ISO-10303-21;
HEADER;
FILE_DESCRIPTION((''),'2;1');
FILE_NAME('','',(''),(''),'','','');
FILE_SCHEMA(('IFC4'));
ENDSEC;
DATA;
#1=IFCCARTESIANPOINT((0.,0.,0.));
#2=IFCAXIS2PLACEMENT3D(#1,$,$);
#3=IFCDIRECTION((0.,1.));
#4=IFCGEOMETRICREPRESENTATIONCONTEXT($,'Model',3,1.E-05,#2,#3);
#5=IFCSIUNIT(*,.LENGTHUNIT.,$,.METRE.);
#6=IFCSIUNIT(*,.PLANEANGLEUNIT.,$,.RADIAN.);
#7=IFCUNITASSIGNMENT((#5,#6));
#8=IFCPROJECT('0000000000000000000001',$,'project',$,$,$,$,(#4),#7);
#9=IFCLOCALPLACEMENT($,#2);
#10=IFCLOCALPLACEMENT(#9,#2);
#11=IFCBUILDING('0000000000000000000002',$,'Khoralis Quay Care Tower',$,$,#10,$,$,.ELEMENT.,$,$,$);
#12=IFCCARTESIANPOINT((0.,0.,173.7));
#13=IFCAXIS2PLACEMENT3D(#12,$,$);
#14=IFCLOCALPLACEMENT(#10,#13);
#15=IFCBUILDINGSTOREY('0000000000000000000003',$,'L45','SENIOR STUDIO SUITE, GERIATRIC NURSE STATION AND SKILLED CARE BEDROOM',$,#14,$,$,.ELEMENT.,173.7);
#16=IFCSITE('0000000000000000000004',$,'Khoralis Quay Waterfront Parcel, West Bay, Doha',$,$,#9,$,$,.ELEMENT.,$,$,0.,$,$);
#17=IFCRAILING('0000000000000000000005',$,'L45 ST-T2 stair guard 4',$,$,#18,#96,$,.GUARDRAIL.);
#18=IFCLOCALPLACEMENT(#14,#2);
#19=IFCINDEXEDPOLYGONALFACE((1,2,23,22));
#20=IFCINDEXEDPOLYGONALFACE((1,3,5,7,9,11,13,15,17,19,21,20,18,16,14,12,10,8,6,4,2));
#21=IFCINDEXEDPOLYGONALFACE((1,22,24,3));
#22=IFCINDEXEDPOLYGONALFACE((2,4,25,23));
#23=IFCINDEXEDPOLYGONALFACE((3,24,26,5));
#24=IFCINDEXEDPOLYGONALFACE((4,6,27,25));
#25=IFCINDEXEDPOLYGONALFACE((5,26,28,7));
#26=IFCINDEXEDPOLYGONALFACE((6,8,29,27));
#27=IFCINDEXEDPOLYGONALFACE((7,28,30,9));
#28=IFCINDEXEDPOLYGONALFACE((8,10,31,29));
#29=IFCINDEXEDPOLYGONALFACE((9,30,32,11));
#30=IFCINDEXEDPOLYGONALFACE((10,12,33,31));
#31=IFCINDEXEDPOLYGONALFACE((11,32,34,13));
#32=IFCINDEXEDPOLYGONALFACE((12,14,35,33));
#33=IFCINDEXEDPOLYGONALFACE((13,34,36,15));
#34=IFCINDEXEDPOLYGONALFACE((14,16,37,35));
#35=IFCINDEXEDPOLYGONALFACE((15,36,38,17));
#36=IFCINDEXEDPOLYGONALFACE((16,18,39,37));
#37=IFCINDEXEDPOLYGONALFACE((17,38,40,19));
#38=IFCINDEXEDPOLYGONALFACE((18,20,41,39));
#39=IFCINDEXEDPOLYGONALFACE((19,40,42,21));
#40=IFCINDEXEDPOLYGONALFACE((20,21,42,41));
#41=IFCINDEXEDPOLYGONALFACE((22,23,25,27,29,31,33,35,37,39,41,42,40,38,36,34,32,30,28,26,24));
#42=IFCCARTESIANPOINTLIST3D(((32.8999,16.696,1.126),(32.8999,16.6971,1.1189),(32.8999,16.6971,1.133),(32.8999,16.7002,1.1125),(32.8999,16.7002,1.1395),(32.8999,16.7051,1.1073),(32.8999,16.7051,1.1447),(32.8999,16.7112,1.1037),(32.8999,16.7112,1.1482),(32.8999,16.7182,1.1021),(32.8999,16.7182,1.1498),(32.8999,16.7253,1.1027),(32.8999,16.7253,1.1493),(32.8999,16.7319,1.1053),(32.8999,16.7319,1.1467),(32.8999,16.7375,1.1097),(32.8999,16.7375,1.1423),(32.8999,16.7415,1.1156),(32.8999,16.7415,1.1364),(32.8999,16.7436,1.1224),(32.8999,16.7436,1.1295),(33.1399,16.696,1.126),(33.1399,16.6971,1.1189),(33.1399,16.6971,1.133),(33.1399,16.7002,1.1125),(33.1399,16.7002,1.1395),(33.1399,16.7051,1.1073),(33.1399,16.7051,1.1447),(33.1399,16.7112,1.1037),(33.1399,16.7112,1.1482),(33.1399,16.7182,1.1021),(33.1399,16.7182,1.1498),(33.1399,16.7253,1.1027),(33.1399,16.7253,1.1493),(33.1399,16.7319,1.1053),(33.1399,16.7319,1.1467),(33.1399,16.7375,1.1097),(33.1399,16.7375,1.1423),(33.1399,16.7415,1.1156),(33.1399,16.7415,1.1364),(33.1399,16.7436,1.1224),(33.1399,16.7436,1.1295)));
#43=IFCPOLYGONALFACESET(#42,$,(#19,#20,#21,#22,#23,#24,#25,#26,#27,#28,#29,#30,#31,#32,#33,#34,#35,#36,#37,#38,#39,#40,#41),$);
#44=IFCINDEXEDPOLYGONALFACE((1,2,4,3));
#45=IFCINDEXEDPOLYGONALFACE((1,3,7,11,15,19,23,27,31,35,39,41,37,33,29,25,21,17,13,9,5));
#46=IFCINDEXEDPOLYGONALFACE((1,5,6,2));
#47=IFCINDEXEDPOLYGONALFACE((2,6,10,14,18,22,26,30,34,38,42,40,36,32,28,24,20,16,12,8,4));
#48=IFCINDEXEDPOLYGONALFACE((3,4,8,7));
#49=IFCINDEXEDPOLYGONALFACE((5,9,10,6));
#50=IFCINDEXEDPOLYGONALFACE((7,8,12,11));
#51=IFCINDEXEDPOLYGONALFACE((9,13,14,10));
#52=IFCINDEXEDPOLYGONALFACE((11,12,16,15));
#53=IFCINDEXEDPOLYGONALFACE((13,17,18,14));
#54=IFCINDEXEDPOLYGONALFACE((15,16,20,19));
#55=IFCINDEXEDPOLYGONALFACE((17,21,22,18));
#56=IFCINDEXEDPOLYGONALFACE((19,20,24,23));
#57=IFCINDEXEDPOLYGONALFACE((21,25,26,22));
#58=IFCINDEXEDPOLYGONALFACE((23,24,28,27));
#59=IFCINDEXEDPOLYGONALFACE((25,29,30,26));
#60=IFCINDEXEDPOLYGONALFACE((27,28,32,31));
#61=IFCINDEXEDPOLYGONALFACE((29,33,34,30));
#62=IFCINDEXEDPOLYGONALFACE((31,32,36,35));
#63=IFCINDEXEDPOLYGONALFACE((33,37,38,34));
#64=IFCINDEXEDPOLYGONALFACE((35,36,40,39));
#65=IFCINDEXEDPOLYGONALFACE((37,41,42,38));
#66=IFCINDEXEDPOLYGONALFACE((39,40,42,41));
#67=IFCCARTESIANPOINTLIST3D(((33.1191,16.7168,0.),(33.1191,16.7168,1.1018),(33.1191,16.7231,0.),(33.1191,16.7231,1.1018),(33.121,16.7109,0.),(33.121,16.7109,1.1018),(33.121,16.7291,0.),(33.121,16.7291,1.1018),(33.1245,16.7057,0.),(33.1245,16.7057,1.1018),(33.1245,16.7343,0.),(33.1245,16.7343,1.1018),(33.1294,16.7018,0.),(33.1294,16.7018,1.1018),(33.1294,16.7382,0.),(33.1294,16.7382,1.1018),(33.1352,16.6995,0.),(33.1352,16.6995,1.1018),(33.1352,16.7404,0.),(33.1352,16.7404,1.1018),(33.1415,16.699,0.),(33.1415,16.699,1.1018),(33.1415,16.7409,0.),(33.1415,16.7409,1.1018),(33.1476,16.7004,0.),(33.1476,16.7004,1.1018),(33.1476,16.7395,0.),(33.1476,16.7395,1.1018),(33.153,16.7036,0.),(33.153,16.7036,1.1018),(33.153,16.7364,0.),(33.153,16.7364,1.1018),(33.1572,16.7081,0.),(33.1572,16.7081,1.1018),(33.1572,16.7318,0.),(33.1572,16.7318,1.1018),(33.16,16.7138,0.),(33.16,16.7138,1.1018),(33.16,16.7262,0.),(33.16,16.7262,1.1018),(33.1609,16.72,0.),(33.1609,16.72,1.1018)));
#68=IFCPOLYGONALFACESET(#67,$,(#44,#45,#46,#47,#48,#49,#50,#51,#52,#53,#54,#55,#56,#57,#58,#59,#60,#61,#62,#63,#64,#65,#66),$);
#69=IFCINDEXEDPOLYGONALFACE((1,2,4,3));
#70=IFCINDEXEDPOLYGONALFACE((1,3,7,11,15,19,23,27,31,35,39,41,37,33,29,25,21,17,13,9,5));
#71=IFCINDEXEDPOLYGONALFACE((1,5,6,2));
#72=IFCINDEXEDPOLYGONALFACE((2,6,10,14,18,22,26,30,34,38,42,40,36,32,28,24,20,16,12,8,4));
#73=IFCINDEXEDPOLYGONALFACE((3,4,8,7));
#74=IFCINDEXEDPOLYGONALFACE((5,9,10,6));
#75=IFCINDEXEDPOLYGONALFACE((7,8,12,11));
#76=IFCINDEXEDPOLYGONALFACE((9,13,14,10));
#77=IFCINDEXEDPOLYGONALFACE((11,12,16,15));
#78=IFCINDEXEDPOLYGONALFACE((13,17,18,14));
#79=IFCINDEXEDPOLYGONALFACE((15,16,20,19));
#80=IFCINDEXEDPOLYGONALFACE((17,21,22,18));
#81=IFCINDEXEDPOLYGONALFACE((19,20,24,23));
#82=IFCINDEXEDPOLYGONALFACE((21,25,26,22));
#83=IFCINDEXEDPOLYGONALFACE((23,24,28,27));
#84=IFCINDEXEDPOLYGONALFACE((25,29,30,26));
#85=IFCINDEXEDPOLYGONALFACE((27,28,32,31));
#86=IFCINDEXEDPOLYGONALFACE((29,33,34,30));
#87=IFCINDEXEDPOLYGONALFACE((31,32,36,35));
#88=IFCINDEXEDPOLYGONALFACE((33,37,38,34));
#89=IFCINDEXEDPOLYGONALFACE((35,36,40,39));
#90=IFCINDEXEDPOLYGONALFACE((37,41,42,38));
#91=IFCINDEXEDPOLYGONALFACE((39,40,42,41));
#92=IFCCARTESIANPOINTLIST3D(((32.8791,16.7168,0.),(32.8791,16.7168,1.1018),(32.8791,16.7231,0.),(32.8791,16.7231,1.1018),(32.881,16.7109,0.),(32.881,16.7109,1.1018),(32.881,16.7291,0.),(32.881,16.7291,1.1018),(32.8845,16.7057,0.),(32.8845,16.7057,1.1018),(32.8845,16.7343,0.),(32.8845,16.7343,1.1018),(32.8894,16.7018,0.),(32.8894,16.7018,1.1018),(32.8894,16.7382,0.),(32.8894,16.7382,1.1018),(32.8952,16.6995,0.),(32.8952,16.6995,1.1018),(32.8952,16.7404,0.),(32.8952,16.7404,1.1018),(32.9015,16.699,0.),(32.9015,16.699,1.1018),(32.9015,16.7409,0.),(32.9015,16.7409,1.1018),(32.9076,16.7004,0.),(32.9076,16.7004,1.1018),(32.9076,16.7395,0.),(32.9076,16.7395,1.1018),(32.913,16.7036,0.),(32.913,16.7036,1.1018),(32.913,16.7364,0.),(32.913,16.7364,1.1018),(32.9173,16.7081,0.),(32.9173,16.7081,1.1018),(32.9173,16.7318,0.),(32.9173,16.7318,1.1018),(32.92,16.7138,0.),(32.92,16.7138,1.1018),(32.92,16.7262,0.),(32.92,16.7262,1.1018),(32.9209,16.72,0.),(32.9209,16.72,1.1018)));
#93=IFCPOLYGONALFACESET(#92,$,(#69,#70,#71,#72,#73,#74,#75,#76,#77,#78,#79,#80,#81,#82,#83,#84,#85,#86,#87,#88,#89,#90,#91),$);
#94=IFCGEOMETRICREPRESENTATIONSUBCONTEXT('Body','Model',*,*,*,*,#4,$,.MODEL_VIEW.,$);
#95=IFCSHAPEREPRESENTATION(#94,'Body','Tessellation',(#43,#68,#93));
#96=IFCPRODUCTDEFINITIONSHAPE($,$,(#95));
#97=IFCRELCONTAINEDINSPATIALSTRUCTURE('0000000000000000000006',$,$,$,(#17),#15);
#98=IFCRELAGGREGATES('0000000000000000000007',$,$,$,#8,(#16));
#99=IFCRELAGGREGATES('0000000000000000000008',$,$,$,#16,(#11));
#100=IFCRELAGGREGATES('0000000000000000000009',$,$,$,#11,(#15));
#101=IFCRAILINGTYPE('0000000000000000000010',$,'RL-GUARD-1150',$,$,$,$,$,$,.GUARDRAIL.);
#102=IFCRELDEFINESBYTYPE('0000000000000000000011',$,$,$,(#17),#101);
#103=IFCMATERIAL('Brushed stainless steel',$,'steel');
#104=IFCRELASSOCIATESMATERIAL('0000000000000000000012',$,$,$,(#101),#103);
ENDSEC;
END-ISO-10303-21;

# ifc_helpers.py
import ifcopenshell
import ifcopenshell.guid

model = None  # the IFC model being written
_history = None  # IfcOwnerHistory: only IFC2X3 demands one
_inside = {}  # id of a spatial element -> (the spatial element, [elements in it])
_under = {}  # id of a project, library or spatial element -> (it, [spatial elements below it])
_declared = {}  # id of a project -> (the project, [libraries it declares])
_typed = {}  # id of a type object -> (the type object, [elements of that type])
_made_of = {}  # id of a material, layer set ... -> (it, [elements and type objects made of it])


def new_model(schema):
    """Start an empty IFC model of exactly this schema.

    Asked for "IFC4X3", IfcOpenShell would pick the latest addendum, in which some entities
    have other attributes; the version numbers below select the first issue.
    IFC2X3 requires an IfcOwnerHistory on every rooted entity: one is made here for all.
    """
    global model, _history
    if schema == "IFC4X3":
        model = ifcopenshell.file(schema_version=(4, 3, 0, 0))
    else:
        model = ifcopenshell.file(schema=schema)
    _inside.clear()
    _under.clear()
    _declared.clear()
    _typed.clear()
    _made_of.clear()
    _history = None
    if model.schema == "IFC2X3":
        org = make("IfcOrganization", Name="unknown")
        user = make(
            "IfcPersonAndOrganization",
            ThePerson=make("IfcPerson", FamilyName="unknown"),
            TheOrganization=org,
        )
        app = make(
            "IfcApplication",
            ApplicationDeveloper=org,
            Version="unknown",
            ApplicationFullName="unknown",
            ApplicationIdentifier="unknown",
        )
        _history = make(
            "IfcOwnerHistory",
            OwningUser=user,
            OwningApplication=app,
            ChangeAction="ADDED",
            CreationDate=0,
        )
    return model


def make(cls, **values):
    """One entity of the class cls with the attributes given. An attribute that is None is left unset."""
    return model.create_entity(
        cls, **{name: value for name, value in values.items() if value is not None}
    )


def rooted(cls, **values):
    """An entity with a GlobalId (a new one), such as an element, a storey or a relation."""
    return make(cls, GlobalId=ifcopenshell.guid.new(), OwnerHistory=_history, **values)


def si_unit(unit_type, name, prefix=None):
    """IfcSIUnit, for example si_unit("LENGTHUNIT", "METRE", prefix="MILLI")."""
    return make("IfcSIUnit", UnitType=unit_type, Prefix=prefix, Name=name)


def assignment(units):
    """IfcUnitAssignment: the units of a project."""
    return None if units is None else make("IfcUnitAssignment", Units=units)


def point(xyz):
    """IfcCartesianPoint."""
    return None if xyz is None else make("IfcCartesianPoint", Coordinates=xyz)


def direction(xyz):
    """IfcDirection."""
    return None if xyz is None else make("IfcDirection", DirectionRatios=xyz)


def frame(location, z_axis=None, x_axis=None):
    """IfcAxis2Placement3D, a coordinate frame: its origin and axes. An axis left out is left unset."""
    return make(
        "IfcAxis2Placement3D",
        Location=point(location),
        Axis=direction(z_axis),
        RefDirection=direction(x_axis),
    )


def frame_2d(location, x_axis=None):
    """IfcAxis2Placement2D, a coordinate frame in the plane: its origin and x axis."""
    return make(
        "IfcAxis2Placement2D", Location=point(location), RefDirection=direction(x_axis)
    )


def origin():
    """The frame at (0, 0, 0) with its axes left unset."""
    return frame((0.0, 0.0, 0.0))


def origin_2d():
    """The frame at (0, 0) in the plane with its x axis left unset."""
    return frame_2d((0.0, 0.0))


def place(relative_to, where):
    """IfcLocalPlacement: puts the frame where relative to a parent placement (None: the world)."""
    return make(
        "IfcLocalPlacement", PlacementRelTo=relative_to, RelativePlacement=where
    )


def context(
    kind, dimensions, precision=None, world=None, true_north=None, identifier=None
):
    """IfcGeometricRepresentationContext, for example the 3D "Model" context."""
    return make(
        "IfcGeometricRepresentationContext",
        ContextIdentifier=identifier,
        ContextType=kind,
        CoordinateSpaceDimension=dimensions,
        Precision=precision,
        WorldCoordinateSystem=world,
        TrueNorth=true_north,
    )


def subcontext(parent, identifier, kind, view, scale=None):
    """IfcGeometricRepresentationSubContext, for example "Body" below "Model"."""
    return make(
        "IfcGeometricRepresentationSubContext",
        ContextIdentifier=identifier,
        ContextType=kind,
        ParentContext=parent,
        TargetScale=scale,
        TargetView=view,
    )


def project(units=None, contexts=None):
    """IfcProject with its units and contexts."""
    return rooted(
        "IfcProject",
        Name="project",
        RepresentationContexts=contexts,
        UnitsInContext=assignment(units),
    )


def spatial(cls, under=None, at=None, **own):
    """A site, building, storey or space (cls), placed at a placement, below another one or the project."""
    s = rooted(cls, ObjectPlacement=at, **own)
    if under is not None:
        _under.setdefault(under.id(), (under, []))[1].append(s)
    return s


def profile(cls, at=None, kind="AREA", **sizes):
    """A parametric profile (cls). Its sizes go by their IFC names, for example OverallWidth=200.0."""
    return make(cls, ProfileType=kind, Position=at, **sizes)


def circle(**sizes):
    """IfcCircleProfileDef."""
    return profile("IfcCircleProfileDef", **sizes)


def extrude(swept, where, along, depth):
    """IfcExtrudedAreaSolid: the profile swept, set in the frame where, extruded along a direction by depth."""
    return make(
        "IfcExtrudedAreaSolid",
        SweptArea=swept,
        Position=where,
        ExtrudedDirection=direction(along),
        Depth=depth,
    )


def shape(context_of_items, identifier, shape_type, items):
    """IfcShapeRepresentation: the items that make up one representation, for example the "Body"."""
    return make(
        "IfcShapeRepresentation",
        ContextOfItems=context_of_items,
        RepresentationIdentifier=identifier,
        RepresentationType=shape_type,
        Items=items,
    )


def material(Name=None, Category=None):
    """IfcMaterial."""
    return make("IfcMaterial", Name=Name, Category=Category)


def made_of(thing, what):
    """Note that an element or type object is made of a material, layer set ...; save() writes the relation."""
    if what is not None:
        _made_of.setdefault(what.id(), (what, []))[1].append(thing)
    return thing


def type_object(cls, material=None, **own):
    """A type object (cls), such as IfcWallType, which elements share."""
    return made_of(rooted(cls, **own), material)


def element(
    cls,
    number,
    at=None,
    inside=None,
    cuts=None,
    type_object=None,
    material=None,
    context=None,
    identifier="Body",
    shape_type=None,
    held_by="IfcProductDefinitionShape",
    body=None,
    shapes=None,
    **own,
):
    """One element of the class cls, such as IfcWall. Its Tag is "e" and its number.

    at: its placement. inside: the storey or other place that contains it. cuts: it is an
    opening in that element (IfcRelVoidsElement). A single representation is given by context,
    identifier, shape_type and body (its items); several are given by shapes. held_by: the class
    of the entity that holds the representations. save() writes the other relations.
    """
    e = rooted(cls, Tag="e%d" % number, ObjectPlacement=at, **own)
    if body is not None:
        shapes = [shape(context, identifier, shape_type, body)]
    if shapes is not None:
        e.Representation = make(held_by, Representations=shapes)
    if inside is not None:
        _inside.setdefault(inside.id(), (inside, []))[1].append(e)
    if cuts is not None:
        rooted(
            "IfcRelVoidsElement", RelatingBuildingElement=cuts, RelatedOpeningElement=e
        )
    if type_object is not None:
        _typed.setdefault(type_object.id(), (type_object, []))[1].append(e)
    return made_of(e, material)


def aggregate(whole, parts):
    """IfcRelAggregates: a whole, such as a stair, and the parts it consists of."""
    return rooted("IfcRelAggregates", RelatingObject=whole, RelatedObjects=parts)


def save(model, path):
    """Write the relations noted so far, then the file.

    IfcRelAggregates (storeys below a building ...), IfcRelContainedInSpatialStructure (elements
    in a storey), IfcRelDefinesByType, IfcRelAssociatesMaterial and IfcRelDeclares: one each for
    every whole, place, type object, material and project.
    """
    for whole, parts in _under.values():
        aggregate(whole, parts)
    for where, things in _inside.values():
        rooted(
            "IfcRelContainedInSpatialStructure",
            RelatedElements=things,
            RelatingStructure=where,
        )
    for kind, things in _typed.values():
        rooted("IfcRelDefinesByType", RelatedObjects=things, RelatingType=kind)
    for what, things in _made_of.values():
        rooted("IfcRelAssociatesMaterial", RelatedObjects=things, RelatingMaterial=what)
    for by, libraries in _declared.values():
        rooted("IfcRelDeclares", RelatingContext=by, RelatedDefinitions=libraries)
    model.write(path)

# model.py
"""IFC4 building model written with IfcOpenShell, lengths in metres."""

from ifc_helpers import new_model, si_unit, direction, frame, origin, origin_2d, place, context, subcontext, project, spatial, circle, extrude, material, type_object, element, save


model = new_model("IFC4")

# Units and contexts
model_context = context("Model", 3, precision=1e-05, world=origin(), true_north=direction((0.0, 1.0)))
body_context = subcontext(model_context, "Body", "Model", "MODEL_VIEW")
ifc_project = project(units=[si_unit("LENGTHUNIT", "METRE"), si_unit("PLANEANGLEUNIT", "RADIAN")], contexts=[model_context])

# Site, building, storey
site_placement = place(None, origin())
site = spatial("IfcSite", under=ifc_project, at=site_placement, Name="Khoralis Quay Waterfront Parcel, West Bay, Doha", CompositionType="ELEMENT", RefElevation=0.0)
building_placement = place(site_placement, origin())
building = spatial("IfcBuilding", under=site, at=building_placement, Name="Khoralis Quay Care Tower", CompositionType="ELEMENT")
storey_placement = place(building_placement, frame((0.0, 0.0, 173.7)))
storey = spatial("IfcBuildingStorey", under=building, at=storey_placement, Name="L45", Description="SENIOR STUDIO SUITE, GERIATRIC NURSE STATION AND SKILLED CARE BEDROOM", CompositionType="ELEMENT", Elevation=173.7)

# Railing
ifc_material_1 = material(Name="Brushed stainless steel", Category="steel")
railing_type_1 = type_object("IfcRailingType", Name="RL-GUARD-1150", PredefinedType="GUARDRAIL", material=ifc_material_1)
railing_1_placement = place(storey_placement, frame((33.1399, 16.72, 0.0)))
element("IfcRailing", 1, at=railing_1_placement, inside=storey, type_object=railing_type_1, Name="L45 ST-T2 stair guard 4", PredefinedType="GUARDRAIL", context=body_context, shape_type="SweptSolid", body=[
    extrude(circle(Radius=0.0239, at=origin_2d()), frame((0.0, 0.0, 1.126), z_axis=(-1.0, 0.0, 0.0), x_axis=(0.0, -1.0, 0.0)), (0.0, 0.0, 1.0), 0.24),
    extrude(circle(Radius=0.021, at=origin_2d()), origin(), (0.0, 0.0, 1.0), 1.1018),
    extrude(circle(Radius=0.021, at=origin_2d()), frame((-0.24, 0.0, 0.0)), (0.0, 0.0, 1.0), 1.1018),
])

save(model, "model.ifc")
